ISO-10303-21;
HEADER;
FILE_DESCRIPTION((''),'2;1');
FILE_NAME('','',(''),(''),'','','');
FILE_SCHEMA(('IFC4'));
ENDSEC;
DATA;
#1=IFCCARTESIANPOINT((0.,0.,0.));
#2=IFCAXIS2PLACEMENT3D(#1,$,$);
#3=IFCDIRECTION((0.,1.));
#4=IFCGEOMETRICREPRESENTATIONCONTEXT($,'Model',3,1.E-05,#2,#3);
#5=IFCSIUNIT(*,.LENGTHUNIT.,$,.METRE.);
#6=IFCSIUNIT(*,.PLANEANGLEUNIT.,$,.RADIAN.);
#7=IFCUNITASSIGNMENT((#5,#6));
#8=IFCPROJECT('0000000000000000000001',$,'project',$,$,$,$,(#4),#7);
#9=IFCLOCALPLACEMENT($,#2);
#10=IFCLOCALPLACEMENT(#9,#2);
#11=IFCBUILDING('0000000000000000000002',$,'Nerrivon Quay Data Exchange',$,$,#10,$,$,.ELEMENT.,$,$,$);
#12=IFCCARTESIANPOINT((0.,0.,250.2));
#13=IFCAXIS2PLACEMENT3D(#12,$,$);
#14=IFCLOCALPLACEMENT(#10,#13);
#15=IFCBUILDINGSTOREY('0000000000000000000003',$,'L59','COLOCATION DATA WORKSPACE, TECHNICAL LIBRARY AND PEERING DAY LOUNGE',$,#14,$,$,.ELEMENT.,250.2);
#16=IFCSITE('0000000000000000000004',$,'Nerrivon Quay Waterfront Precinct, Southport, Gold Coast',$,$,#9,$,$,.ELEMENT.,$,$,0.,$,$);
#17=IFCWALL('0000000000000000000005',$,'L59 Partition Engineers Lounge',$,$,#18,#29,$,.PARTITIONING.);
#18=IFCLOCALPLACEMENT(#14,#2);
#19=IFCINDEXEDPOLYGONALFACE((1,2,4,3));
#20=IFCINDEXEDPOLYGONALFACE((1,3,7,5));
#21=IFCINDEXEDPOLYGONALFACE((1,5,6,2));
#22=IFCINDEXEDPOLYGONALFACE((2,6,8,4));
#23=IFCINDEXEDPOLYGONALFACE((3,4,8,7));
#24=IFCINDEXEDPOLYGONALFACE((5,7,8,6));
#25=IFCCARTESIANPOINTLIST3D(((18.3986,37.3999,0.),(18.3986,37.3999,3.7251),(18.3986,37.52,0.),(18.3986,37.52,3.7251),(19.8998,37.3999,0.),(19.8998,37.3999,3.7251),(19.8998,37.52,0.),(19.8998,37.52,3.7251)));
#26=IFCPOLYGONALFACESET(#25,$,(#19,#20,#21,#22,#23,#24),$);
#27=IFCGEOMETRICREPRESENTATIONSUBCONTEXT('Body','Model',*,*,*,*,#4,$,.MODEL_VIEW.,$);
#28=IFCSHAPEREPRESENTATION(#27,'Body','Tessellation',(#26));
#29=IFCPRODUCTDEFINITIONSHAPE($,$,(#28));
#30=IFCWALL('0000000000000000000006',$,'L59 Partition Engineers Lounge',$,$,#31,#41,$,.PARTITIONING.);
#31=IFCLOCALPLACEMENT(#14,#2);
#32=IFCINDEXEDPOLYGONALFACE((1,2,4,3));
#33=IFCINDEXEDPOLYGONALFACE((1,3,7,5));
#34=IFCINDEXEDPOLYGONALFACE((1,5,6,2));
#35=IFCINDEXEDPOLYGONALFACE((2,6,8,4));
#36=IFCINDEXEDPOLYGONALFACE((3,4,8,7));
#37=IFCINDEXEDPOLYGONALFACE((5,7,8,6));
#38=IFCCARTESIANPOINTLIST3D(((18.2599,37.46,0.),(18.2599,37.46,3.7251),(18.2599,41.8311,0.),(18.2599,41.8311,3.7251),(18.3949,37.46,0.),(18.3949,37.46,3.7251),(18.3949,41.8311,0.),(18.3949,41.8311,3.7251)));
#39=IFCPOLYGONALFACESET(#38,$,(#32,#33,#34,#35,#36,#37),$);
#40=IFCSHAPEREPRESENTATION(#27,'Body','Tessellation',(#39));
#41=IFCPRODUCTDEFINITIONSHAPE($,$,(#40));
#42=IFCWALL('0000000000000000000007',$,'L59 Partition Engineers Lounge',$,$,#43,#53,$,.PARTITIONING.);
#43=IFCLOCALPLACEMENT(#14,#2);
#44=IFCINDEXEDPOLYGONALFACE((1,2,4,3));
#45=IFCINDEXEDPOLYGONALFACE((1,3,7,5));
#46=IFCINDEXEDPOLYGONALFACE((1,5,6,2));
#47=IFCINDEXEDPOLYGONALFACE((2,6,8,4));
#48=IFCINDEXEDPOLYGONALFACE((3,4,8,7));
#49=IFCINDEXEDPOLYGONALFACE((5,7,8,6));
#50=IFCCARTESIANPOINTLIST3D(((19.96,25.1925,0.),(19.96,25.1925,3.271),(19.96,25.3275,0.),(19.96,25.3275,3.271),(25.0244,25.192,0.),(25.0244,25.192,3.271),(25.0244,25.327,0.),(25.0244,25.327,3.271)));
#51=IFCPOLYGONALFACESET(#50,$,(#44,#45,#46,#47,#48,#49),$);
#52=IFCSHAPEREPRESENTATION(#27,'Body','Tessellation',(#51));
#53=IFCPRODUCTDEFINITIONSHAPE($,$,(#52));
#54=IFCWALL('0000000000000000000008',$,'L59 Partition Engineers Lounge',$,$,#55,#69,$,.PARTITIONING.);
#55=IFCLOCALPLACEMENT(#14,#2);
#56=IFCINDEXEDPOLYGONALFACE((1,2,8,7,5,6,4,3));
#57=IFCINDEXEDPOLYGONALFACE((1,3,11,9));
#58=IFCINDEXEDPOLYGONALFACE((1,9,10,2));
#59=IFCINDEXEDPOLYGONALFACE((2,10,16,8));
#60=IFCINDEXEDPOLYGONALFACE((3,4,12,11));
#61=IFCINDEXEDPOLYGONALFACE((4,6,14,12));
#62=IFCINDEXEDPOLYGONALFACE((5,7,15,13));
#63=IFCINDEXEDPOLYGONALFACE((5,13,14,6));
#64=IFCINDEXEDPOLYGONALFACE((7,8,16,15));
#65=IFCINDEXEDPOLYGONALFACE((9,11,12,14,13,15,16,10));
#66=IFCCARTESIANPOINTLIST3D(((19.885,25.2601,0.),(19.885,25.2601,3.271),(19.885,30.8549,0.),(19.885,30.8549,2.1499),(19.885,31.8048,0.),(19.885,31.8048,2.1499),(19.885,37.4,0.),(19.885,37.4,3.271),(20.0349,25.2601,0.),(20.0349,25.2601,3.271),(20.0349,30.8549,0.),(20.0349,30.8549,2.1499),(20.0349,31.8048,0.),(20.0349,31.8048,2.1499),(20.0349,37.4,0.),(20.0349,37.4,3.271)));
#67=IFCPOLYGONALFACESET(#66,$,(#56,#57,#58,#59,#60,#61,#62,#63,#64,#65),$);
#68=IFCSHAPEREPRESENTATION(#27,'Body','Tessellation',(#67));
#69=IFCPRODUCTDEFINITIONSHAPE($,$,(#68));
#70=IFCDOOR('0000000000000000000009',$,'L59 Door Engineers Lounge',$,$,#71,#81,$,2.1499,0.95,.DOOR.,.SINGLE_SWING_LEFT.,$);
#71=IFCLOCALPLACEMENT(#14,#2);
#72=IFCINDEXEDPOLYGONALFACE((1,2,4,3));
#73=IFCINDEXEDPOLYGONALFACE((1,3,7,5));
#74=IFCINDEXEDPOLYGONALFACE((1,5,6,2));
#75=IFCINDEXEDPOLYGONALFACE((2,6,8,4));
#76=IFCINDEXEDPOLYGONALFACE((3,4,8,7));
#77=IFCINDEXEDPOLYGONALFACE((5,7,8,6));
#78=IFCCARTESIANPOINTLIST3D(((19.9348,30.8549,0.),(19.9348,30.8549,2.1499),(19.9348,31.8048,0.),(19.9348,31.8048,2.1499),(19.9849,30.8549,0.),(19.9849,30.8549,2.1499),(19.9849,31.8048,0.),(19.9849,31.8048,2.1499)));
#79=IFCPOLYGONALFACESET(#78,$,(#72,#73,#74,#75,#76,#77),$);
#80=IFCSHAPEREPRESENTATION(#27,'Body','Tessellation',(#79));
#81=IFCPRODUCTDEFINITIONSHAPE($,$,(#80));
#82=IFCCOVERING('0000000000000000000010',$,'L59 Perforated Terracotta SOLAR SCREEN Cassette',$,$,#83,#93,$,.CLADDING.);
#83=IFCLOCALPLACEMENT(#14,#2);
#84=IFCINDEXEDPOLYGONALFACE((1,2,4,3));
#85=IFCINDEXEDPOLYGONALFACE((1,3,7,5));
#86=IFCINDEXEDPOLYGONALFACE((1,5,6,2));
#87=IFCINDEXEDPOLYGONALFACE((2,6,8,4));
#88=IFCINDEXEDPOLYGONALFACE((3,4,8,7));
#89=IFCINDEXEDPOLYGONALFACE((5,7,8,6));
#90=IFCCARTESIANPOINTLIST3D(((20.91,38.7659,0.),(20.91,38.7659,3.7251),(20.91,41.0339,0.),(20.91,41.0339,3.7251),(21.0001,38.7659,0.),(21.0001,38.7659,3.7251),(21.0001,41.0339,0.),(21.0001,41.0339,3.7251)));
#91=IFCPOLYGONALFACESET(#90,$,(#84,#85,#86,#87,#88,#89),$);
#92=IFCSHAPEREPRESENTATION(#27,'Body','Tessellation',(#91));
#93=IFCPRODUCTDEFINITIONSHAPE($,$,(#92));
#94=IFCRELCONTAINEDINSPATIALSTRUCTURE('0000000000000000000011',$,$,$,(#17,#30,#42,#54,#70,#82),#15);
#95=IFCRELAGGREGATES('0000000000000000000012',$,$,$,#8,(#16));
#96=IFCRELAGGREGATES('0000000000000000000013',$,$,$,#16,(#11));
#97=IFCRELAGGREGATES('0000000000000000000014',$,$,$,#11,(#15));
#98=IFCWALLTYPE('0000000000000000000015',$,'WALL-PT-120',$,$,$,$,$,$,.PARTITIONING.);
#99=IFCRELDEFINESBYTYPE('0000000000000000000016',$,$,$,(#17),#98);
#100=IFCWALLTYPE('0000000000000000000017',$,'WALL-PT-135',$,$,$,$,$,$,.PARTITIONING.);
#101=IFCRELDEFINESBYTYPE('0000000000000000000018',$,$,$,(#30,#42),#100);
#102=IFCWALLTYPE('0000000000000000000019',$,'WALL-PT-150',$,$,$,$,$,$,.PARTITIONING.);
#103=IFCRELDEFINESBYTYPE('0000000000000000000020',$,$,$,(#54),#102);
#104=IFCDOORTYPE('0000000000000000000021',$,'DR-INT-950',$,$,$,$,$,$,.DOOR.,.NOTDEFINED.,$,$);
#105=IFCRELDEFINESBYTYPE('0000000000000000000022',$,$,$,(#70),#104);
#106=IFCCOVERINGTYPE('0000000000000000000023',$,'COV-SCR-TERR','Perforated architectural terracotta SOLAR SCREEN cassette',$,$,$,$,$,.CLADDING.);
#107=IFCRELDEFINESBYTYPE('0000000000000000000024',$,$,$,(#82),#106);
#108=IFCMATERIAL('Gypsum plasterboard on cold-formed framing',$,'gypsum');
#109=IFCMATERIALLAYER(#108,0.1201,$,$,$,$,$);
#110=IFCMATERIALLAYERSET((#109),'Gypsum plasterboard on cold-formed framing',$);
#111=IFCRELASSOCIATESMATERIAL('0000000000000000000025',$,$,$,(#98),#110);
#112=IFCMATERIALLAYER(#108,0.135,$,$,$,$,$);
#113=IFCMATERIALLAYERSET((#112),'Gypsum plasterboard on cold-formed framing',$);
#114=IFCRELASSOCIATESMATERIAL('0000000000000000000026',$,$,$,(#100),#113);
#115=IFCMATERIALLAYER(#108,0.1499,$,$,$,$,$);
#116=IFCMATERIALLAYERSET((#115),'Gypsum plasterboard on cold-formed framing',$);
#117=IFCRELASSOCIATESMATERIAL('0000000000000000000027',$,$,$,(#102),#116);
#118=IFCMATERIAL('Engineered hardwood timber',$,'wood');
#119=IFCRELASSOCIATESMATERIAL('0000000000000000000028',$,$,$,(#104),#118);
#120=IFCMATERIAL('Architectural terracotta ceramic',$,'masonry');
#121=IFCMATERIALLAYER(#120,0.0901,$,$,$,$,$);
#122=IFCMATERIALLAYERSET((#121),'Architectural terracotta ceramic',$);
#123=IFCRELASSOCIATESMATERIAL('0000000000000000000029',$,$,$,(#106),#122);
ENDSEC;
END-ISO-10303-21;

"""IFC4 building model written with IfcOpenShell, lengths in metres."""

from ifc_helpers import new_model, si_unit, direction, frame, frame_2d, origin, origin_2d, place, context, subcontext, project, spatial, rectangle, extrude, material, layer, layer_set, type_object, element, fill, save


model = new_model("IFC4")

# Units and contexts
model_context = context("Model", 3, precision=1e-05, world=origin(), true_north=direction((0.0, 1.0)))
body_context = subcontext(model_context, "Body", "Model", "MODEL_VIEW")
ifc_project = project(units=[si_unit("LENGTHUNIT", "METRE"), si_unit("PLANEANGLEUNIT", "RADIAN")], contexts=[model_context])

# Site, building, storey
site_placement = place(None, origin())
site = spatial("IfcSite", under=ifc_project, at=site_placement, Name="Nerrivon Quay Waterfront Precinct, Southport, Gold Coast", CompositionType="ELEMENT", RefElevation=0.0)
building_placement = place(site_placement, origin())
building = spatial("IfcBuilding", under=site, at=building_placement, Name="Nerrivon Quay Data Exchange", CompositionType="ELEMENT")
storey_placement = place(building_placement, frame((0.0, 0.0, 250.2)))
storey = spatial("IfcBuildingStorey", under=building, at=storey_placement, Name="L59", Description="COLOCATION DATA WORKSPACE, TECHNICAL LIBRARY AND PEERING DAY LOUNGE", CompositionType="ELEMENT", Elevation=250.2)

# Walls
ifc_material_1 = material(Name="Gypsum plasterboard on cold-formed framing", Category="gypsum")
ifc_layer_1 = layer(ifc_material_1, 0.1201)
ifc_layer_set_1 = layer_set([ifc_layer_1], Name="Gypsum plasterboard on cold-formed framing")
wall_type_1 = type_object("IfcWallType", Name="WALL-PT-120", PredefinedType="PARTITIONING", material=ifc_layer_set_1)
wall_1_placement = place(storey_placement, frame((18.3987, 37.46, 0.0), z_axis=(0.0, 0.0, 1.0), x_axis=(1.0, 0.0, 0.0)))
element("IfcWall", 1, at=wall_1_placement, inside=storey, type_object=wall_type_1, Name="L59 Partition Engineers Lounge", PredefinedType="PARTITIONING", context=body_context, shape_type="SweptSolid", body=[
    extrude(rectangle(XDim=1.5012, YDim=0.1201, at=frame_2d((0.7505, 0.0))), origin(), (0.0, 0.0, 1.0), 3.7251),
])
ifc_layer_2 = layer(ifc_material_1, 0.135)
ifc_layer_set_2 = layer_set([ifc_layer_2], Name="Gypsum plasterboard on cold-formed framing")
wall_type_2 = type_object("IfcWallType", Name="WALL-PT-135", PredefinedType="PARTITIONING", material=ifc_layer_set_2)
wall_2_placement = place(storey_placement, frame((18.3274, 41.8311, 0.0), z_axis=(0.0, 0.0, 1.0), x_axis=(0.0, -1.0, 0.0)))
element("IfcWall", 2, at=wall_2_placement, inside=storey, type_object=wall_type_2, Name="L59 Partition Engineers Lounge", PredefinedType="PARTITIONING", context=body_context, shape_type="SweptSolid", body=[
    extrude(rectangle(XDim=4.3711, YDim=0.135, at=frame_2d((2.1855, 0.0))), origin(), (0.0, 0.0, 1.0), 3.7251),
])
wall_3_placement = place(storey_placement, frame((19.96, 25.26, 0.0), z_axis=(0.0, 0.0, 1.0), x_axis=(1.0, -0.000096, 0.0)))
element("IfcWall", 3, at=wall_3_placement, inside=storey, type_object=wall_type_2, Name="L59 Partition Engineers Lounge", PredefinedType="PARTITIONING", context=body_context, shape_type="SweptSolid", body=[
    extrude(rectangle(XDim=5.0645, YDim=0.135, at=frame_2d((2.5322, 0.0))), origin(), (0.0, 0.0, 1.0), 3.271),
])

# Wall, opening, door
ifc_layer_3 = layer(ifc_material_1, 0.1499)
ifc_layer_set_3 = layer_set([ifc_layer_3], Name="Gypsum plasterboard on cold-formed framing")
wall_type_3 = type_object("IfcWallType", Name="WALL-PT-150", PredefinedType="PARTITIONING", material=ifc_layer_set_3)
wall_4_placement = place(storey_placement, frame((19.96, 37.3999, 0.0), z_axis=(0.0, 0.0, 1.0), x_axis=(0.0, -1.0, 0.0)))
wall_4 = element("IfcWall", 4, at=wall_4_placement, inside=storey, type_object=wall_type_3, Name="L59 Partition Engineers Lounge", PredefinedType="PARTITIONING", context=body_context, shape_type="SweptSolid", body=[
    extrude(rectangle(XDim=12.1399, YDim=0.1499, at=frame_2d((6.0698, 0.0))), origin(), (0.0, 0.0, 1.0), 3.271),
])
opening_placement = place(wall_4_placement, frame((5.595, 0.0, 0.0)))
opening = element("IfcOpeningElement", 5, at=opening_placement, cuts=wall_4, PredefinedType="OPENING", context=body_context, shape_type="SweptSolid", body=[
    extrude(rectangle(XDim=0.95, YDim=2.1499, at=frame_2d((0.4751, 1.075))), frame((0.0, 0.085, 0.0), z_axis=(0.0, -1.0, 0.0), x_axis=(1.0, 0.0, 0.0)), (0.0, 0.0, 1.0), 0.1699),
])
ifc_material_2 = material(Name="Engineered hardwood timber", Category="wood")
door_type = type_object("IfcDoorType", Name="DR-INT-950", OperationType="NOTDEFINED", PredefinedType="DOOR", material=ifc_material_2)
door_placement = place(opening_placement, origin())
door = element("IfcDoor", 6, at=door_placement, inside=storey, type_object=door_type, Name="L59 Door Engineers Lounge", OperationType="SINGLE_SWING_LEFT", OverallHeight=2.1499, OverallWidth=0.95, PredefinedType="DOOR", context=body_context, shape_type="SweptSolid", body=[
    extrude(rectangle(XDim=0.95, YDim=2.1499, at=frame_2d((0.4751, 1.075))), frame((0.0, 0.0249, 0.0), z_axis=(0.0, -1.0, 0.0), x_axis=(1.0, 0.0, 0.0)), (0.0, 0.0, 1.0), 0.05),
])
fill(opening, door)

# Covering
ifc_material_3 = material(Name="Architectural terracotta ceramic", Category="masonry")
ifc_layer_4 = layer(ifc_material_3, 0.0901)
ifc_layer_set_4 = layer_set([ifc_layer_4], Name="Architectural terracotta ceramic")
covering_type = type_object("IfcCoveringType", Name="COV-SCR-TERR", Description="Perforated architectural terracotta SOLAR SCREEN cassette", PredefinedType="CLADDING", material=ifc_layer_set_4)
covering_placement = place(storey_placement, frame((20.9551, 39.8999, 0.0), z_axis=(0.0, 0.0, 1.0), x_axis=(0.0, -1.0, 0.0)))
element("IfcCovering", 7, at=covering_placement, inside=storey, type_object=covering_type, Name="L59 Perforated Terracotta SOLAR SCREEN Cassette", PredefinedType="CLADDING", context=body_context, shape_type="SweptSolid", body=[
    extrude(rectangle(XDim=2.2681, YDim=0.0901, at=origin_2d()), origin(), (0.0, 0.0, 1.0), 3.7251),
])

save(model, "model.ifc")
